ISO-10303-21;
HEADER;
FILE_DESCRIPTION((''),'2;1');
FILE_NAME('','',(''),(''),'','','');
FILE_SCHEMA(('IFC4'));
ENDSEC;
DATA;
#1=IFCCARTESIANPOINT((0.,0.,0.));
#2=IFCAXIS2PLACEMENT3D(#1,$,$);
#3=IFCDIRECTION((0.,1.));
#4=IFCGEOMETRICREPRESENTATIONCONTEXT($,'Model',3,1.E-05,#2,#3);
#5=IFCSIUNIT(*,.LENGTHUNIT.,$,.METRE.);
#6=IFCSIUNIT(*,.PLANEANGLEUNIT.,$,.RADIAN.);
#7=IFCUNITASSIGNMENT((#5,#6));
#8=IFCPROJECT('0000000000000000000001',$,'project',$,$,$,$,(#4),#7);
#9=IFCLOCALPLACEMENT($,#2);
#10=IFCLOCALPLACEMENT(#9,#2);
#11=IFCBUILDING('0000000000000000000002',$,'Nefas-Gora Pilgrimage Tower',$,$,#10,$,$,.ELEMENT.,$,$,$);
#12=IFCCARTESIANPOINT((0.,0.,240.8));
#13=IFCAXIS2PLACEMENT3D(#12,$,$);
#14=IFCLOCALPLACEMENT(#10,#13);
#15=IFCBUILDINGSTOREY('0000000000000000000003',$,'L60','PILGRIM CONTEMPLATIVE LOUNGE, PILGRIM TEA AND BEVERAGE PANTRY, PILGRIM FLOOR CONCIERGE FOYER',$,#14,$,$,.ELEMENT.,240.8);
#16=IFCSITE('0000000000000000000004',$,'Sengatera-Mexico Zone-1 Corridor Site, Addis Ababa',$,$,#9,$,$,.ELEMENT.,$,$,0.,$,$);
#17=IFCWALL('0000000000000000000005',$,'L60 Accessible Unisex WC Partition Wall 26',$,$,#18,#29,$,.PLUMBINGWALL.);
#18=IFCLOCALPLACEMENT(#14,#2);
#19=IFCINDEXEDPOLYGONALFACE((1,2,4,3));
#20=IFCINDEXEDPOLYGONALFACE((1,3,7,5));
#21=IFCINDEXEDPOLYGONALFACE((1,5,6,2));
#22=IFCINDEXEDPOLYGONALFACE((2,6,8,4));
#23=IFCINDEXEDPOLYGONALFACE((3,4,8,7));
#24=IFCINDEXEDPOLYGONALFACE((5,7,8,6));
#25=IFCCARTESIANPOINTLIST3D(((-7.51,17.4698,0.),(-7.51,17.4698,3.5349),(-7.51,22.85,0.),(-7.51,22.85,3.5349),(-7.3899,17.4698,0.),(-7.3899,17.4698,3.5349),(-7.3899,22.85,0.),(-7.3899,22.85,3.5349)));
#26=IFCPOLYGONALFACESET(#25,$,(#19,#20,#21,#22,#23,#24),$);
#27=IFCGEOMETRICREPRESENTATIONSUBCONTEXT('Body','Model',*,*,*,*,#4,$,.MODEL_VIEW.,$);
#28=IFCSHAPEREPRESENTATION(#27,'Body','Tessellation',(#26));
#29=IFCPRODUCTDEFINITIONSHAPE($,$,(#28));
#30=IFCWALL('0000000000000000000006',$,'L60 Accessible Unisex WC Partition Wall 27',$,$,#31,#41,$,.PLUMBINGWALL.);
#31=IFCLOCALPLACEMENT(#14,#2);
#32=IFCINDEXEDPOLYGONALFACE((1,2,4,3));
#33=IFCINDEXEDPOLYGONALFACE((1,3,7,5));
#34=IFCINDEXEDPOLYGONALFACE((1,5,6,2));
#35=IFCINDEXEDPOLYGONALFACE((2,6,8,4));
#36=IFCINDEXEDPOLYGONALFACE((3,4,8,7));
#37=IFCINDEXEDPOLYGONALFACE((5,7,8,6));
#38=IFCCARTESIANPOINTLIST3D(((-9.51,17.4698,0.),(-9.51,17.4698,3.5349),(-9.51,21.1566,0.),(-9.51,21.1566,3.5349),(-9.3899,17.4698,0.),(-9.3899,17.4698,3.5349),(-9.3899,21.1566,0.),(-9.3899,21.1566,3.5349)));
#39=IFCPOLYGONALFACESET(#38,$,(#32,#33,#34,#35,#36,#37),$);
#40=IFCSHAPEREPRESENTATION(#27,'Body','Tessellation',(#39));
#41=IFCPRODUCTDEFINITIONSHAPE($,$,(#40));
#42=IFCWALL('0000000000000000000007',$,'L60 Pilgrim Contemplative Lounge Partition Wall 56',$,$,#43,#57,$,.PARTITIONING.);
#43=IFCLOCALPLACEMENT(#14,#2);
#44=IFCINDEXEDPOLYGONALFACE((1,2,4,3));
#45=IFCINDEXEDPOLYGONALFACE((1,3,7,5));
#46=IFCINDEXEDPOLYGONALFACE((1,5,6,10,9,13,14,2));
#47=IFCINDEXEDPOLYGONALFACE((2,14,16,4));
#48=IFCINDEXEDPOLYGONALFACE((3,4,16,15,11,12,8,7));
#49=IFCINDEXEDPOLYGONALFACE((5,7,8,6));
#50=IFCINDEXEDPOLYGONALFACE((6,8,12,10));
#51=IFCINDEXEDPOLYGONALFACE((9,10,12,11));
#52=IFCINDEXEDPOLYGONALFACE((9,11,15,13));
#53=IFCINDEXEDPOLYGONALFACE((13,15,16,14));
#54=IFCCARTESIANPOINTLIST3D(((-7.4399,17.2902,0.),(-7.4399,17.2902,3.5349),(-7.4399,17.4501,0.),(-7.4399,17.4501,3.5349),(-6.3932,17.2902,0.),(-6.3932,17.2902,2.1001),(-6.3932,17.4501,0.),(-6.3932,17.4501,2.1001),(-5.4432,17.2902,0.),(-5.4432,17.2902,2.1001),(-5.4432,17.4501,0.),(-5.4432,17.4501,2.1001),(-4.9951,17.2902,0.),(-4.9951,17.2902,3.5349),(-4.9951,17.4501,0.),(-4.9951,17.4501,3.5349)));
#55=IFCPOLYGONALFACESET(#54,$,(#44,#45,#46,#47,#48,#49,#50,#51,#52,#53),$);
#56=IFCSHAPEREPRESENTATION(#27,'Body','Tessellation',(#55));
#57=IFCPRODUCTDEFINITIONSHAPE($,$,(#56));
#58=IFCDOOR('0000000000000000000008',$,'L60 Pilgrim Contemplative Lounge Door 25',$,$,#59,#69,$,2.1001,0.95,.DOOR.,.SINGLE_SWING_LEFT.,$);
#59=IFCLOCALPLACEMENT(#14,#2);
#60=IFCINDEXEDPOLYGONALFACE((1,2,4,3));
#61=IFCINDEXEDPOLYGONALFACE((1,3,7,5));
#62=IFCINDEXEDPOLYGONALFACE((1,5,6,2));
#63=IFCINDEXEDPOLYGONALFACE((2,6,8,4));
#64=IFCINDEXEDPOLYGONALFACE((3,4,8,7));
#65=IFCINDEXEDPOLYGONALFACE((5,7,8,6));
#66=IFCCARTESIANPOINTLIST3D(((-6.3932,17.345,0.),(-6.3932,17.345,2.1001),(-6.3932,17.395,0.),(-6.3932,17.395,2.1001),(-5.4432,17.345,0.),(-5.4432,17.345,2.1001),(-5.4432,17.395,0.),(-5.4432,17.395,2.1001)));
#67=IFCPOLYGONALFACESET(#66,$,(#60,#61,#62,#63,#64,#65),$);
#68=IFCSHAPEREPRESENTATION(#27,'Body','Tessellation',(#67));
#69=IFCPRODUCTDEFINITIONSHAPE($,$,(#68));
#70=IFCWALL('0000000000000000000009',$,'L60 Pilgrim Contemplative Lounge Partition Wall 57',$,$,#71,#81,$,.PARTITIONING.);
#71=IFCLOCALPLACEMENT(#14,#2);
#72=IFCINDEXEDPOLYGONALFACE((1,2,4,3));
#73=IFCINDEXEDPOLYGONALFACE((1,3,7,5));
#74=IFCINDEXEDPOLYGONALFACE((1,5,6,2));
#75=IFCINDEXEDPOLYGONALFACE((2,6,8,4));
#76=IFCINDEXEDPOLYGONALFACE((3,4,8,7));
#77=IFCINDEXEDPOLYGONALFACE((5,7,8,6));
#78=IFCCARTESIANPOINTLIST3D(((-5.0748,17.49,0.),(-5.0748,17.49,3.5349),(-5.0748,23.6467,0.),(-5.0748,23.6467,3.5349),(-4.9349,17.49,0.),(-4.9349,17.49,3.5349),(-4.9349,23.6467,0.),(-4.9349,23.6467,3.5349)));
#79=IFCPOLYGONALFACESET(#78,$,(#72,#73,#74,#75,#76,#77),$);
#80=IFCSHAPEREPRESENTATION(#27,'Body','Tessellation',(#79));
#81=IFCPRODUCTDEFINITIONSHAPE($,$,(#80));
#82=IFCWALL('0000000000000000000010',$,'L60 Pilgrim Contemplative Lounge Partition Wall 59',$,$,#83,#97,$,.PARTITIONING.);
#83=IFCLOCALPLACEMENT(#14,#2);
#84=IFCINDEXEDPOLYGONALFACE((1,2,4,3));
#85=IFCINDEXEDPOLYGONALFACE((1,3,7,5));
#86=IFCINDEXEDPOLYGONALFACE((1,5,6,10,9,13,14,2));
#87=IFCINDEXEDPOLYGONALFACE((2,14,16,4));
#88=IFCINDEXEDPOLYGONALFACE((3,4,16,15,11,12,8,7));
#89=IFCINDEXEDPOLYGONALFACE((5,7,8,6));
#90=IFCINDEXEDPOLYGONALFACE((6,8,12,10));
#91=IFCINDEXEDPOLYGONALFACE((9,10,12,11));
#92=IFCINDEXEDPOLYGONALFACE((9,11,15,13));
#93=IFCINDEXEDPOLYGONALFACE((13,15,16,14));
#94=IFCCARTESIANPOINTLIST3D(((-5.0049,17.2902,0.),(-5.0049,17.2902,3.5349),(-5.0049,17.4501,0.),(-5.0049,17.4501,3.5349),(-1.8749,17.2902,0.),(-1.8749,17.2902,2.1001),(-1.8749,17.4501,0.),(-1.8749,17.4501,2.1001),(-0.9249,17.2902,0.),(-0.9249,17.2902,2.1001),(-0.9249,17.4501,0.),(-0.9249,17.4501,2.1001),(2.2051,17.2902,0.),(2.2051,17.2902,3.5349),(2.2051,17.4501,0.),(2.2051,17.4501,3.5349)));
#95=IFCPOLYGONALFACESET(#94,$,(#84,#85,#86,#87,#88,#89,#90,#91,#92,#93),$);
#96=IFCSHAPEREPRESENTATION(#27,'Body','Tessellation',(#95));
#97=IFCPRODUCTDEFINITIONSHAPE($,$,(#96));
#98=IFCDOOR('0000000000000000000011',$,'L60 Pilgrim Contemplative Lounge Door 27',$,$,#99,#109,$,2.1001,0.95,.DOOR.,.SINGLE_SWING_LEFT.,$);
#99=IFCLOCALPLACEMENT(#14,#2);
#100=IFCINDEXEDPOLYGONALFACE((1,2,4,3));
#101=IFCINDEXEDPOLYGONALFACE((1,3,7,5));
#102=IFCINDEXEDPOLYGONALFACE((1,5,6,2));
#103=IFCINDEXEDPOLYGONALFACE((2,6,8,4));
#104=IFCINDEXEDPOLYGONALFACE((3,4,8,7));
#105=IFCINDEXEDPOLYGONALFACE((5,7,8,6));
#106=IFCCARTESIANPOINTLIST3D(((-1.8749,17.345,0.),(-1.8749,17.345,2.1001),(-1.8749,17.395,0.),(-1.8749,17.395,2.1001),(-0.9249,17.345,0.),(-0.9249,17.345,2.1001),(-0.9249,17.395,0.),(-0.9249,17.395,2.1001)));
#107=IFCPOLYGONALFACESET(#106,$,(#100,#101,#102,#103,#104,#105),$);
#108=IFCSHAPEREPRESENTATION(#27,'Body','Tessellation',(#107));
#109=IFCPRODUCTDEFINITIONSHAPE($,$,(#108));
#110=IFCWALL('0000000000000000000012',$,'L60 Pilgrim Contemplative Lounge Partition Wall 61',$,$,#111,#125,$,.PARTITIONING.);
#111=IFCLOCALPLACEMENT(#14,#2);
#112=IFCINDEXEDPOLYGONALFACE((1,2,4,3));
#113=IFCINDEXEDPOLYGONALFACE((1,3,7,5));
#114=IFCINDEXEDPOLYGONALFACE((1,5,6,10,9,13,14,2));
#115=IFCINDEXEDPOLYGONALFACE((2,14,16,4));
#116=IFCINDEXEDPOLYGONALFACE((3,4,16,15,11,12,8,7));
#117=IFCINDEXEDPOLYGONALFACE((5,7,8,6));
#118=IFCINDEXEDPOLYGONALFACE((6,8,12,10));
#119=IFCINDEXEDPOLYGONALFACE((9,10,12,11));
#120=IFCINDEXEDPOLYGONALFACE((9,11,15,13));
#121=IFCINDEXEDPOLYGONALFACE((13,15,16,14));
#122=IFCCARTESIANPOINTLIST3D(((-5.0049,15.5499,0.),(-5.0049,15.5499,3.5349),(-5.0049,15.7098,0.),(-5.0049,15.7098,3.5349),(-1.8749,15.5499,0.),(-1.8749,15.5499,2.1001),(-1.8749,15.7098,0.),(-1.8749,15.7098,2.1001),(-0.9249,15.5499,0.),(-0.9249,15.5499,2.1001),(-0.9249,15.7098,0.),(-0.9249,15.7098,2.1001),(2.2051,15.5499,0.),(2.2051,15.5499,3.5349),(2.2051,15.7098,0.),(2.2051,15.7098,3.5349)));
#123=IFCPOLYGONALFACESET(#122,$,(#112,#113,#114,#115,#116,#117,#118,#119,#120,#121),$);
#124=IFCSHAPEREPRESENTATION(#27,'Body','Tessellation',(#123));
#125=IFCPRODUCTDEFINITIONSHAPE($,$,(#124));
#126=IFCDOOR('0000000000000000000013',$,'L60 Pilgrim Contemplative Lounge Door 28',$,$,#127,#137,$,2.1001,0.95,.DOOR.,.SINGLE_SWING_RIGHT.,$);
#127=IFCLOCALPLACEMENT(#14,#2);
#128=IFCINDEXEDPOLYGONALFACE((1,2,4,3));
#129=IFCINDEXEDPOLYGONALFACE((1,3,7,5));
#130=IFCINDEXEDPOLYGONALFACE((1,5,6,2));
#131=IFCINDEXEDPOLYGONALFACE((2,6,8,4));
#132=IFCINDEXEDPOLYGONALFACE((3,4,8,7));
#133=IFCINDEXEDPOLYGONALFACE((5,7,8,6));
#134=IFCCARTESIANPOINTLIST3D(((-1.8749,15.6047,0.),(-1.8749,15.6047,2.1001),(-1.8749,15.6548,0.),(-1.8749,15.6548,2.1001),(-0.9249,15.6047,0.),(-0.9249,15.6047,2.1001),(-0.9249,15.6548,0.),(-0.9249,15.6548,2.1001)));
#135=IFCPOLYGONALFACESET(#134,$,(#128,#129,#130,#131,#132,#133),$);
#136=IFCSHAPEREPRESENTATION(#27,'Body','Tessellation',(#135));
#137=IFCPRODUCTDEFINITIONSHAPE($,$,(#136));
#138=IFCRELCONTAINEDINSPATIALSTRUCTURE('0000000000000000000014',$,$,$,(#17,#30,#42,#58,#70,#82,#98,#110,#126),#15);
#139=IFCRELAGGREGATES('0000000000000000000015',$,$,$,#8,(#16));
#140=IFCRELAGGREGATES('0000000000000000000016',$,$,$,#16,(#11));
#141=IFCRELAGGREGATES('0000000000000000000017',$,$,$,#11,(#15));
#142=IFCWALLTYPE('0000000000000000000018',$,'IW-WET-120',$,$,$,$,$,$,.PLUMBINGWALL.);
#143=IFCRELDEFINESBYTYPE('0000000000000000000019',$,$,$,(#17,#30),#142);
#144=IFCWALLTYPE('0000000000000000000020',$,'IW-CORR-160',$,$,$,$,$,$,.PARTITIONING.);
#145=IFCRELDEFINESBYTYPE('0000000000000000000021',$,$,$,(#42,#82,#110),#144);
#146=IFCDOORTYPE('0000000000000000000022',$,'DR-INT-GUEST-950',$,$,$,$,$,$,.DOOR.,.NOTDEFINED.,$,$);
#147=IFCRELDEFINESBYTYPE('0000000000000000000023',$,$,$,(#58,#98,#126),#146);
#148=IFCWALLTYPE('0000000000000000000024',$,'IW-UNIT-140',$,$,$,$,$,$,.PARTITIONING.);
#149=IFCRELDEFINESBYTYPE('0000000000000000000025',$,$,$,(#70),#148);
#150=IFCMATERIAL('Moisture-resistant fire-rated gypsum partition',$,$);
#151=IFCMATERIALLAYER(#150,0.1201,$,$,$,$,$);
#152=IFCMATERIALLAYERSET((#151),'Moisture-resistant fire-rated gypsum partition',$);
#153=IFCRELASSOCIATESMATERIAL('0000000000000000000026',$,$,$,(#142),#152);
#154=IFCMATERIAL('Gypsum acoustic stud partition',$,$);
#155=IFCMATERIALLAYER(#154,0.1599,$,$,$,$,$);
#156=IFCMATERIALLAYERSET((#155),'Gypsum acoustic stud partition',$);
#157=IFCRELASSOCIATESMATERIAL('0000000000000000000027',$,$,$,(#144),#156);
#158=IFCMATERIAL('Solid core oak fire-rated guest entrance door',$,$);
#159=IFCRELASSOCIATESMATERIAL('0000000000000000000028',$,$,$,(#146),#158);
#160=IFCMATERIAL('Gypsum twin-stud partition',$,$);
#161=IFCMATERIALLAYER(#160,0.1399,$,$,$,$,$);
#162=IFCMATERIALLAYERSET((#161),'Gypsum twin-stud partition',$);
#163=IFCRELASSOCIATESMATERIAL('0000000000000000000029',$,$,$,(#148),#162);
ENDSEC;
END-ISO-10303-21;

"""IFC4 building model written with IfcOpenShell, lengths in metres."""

from ifc_helpers import new_model, si_unit, direction, frame, frame_2d, origin, place, context, subcontext, project, spatial, rectangle, extrude, source, transform, mapped, material, layer, layer_set, type_object, element, fill, save


model = new_model("IFC4")

# Units and contexts
model_context = context("Model", 3, precision=1e-05, world=origin(), true_north=direction((0.0, 1.0)))
body_context = subcontext(model_context, "Body", "Model", "MODEL_VIEW")
ifc_project = project(units=[si_unit("LENGTHUNIT", "METRE"), si_unit("PLANEANGLEUNIT", "RADIAN")], contexts=[model_context])

# Site, building, storey
site_placement = place(None, origin())
site = spatial("IfcSite", under=ifc_project, at=site_placement, Name="Sengatera-Mexico Zone-1 Corridor Site, Addis Ababa", CompositionType="ELEMENT", RefElevation=0.0)
building_placement = place(site_placement, origin())
building = spatial("IfcBuilding", under=site, at=building_placement, Name="Nefas-Gora Pilgrimage Tower", CompositionType="ELEMENT")
storey_placement = place(building_placement, frame((0.0, 0.0, 240.8)))
storey = spatial("IfcBuildingStorey", under=building, at=storey_placement, Name="L60", Description="PILGRIM CONTEMPLATIVE LOUNGE, PILGRIM TEA AND BEVERAGE PANTRY, PILGRIM FLOOR CONCIERGE FOYER", CompositionType="ELEMENT", Elevation=240.8)

# Shared definitions
ifc_material_1 = material(Name="Moisture-resistant fire-rated gypsum partition")
ifc_layer_1 = layer(ifc_material_1, 0.1201)
ifc_layer_set_1 = layer_set([ifc_layer_1], Name="Moisture-resistant fire-rated gypsum partition")
wall_type_1 = type_object("IfcWallType", Name="IW-WET-120", PredefinedType="PLUMBINGWALL", material=ifc_layer_set_1)

# Walls
shared_shape_1 = source(origin(), body_context, "Body", "SweptSolid", [
    extrude(rectangle(XDim=5.3801, YDim=0.1201, at=frame_2d((2.6899, 0.0))), origin(), (0.0, 0.0, 1.0), 3.5349),
])
wall_1_placement = place(storey_placement, frame((-7.45, 17.47, 0.0), z_axis=(0.0, 0.0, 1.0), x_axis=(0.0, 1.0, 0.0)))
element("IfcWall", 1, at=wall_1_placement, inside=storey, type_object=wall_type_1, Name="L60 Accessible Unisex WC Partition Wall 26", PredefinedType="PLUMBINGWALL", context=body_context, shape_type="MappedRepresentation", body=[
    mapped(shared_shape_1, transform((0.0, 0.0, 0.0), x_axis=(1.0, 0.0, 0.0), y_axis=(0.0, 1.0, 0.0), z_axis=(0.0, 0.0, 1.0), scale=1.0)),
])
shared_shape_2 = source(origin(), body_context, "Body", "SweptSolid", [
    extrude(rectangle(XDim=3.6868, YDim=0.1201, at=frame_2d((1.8433, 0.0))), origin(), (0.0, 0.0, 1.0), 3.5349),
])
wall_2_placement = place(storey_placement, frame((-9.45, 17.47, 0.0), z_axis=(0.0, 0.0, 1.0), x_axis=(0.0, 1.0, 0.0)))
element("IfcWall", 2, at=wall_2_placement, inside=storey, type_object=wall_type_1, Name="L60 Accessible Unisex WC Partition Wall 27", PredefinedType="PLUMBINGWALL", context=body_context, shape_type="MappedRepresentation", body=[
    mapped(shared_shape_2, transform((0.0, 0.0, 0.0), x_axis=(1.0, 0.0, 0.0), y_axis=(0.0, 1.0, 0.0), z_axis=(0.0, 0.0, 1.0), scale=1.0)),
])

# Wall, opening, door
ifc_material_2 = material(Name="Gypsum acoustic stud partition")
ifc_layer_2 = layer(ifc_material_2, 0.1599)
ifc_layer_set_2 = layer_set([ifc_layer_2], Name="Gypsum acoustic stud partition")
wall_type_2 = type_object("IfcWallType", Name="IW-CORR-160", PredefinedType="PARTITIONING", material=ifc_layer_set_2)
shared_shape_3 = source(origin(), body_context, "Body", "SweptSolid", [
    extrude(rectangle(XDim=2.4448, YDim=0.1599, at=frame_2d((1.2224, 0.0))), origin(), (0.0, 0.0, 1.0), 3.5349),
])
wall_3_placement = place(storey_placement, frame((-7.4399, 17.3701, 0.0), z_axis=(0.0, 0.0, 1.0), x_axis=(1.0, 0.0, 0.0)))
wall_3 = element("IfcWall", 3, at=wall_3_placement, inside=storey, type_object=wall_type_2, Name="L60 Pilgrim Contemplative Lounge Partition Wall 56", PredefinedType="PARTITIONING", context=body_context, shape_type="MappedRepresentation", body=[
    mapped(shared_shape_3, transform((0.0, 0.0, 0.0), x_axis=(1.0, 0.0, 0.0), y_axis=(0.0, 1.0, 0.0), z_axis=(0.0, 0.0, 1.0), scale=1.0)),
])
opening_1_placement = place(wall_3_placement, frame((1.0466, 0.0, 0.0)))
opening_1 = element("IfcOpeningElement", 4, at=opening_1_placement, cuts=wall_3, PredefinedType="OPENING", context=body_context, shape_type="SweptSolid", body=[
    extrude(rectangle(XDim=0.95, YDim=2.1001, at=frame_2d((0.4751, 1.05))), frame((0.0, 0.0898, 0.0), z_axis=(0.0, -1.0, 0.0), x_axis=(1.0, 0.0, 0.0)), (0.0, 0.0, 1.0), 0.1799),
])
ifc_material_3 = material(Name="Solid core oak fire-rated guest entrance door")
door_type_1 = type_object("IfcDoorType", Name="DR-INT-GUEST-950", OperationType="NOTDEFINED", PredefinedType="DOOR", material=ifc_material_3)
shared_shape_4 = source(origin(), body_context, "Body", "SweptSolid", [
    extrude(rectangle(XDim=0.95, YDim=2.1001, at=frame_2d((0.4751, 1.05))), frame((0.0, 0.0249, 0.0), z_axis=(0.0, -1.0, 0.0), x_axis=(1.0, 0.0, 0.0)), (0.0, 0.0, 1.0), 0.05),
])
door_1_placement = place(opening_1_placement, origin())
door_1 = element("IfcDoor", 5, at=door_1_placement, inside=storey, type_object=door_type_1, Name="L60 Pilgrim Contemplative Lounge Door 25", OperationType="SINGLE_SWING_LEFT", OverallHeight=2.1001, OverallWidth=0.95, PredefinedType="DOOR", context=body_context, shape_type="MappedRepresentation", body=[
    mapped(shared_shape_4, transform((0.0, 0.0, 0.0), x_axis=(1.0, 0.0, 0.0), y_axis=(0.0, 1.0, 0.0), z_axis=(0.0, 0.0, 1.0), scale=1.0)),
])
fill(opening_1, door_1)

# Wall
ifc_material_4 = material(Name="Gypsum twin-stud partition")
ifc_layer_3 = layer(ifc_material_4, 0.1399)
ifc_layer_set_3 = layer_set([ifc_layer_3], Name="Gypsum twin-stud partition")
wall_type_3 = type_object("IfcWallType", Name="IW-UNIT-140", PredefinedType="PARTITIONING", material=ifc_layer_set_3)
shared_shape_5 = source(origin(), body_context, "Body", "SweptSolid", [
    extrude(rectangle(XDim=6.1567, YDim=0.1399, at=frame_2d((3.0784, 0.0))), origin(), (0.0, 0.0, 1.0), 3.5349),
])
wall_4_placement = place(storey_placement, frame((-5.0049, 17.49, 0.0), z_axis=(0.0, 0.0, 1.0), x_axis=(0.0, 1.0, 0.0)))
element("IfcWall", 6, at=wall_4_placement, inside=storey, type_object=wall_type_3, Name="L60 Pilgrim Contemplative Lounge Partition Wall 57", PredefinedType="PARTITIONING", context=body_context, shape_type="MappedRepresentation", body=[
    mapped(shared_shape_5, transform((0.0, 0.0, 0.0), x_axis=(1.0, 0.0, 0.0), y_axis=(0.0, 1.0, 0.0), z_axis=(0.0, 0.0, 1.0), scale=1.0)),
])

# Walls, openings, doors
shared_shape_6 = source(origin(), body_context, "Body", "SweptSolid", [
    extrude(rectangle(XDim=7.21, YDim=0.1599, at=frame_2d((3.605, 0.0))), origin(), (0.0, 0.0, 1.0), 3.5349),
])
wall_5_placement = place(storey_placement, frame((-5.0049, 17.3701, 0.0), z_axis=(0.0, 0.0, 1.0), x_axis=(1.0, 0.0, 0.0)))
wall_5 = element("IfcWall", 7, at=wall_5_placement, inside=storey, type_object=wall_type_2, Name="L60 Pilgrim Contemplative Lounge Partition Wall 59", PredefinedType="PARTITIONING", context=body_context, shape_type="MappedRepresentation", body=[
    mapped(shared_shape_6, transform((0.0, 0.0, 0.0), x_axis=(1.0, 0.0, 0.0), y_axis=(0.0, 1.0, 0.0), z_axis=(0.0, 0.0, 1.0), scale=1.0)),
])
opening_2_placement = place(wall_5_placement, frame((3.1299, 0.0, 0.0)))
opening_2 = element("IfcOpeningElement", 8, at=opening_2_placement, cuts=wall_5, PredefinedType="OPENING", context=body_context, shape_type="SweptSolid", body=[
    extrude(rectangle(XDim=0.95, YDim=2.1001, at=frame_2d((0.4751, 1.05))), frame((0.0, 0.0898, 0.0), z_axis=(0.0, -1.0, 0.0), x_axis=(1.0, 0.0, 0.0)), (0.0, 0.0, 1.0), 0.1799),
])
door_2_placement = place(opening_2_placement, origin())
door_2 = element("IfcDoor", 9, at=door_2_placement, inside=storey, type_object=door_type_1, Name="L60 Pilgrim Contemplative Lounge Door 27", OperationType="SINGLE_SWING_LEFT", OverallHeight=2.1001, OverallWidth=0.95, PredefinedType="DOOR", context=body_context, shape_type="MappedRepresentation", body=[
    mapped(shared_shape_4, transform((0.0, 0.0, 0.0), x_axis=(1.0, 0.0, 0.0), y_axis=(0.0, 1.0, 0.0), z_axis=(0.0, 0.0, 1.0), scale=1.0)),
])
fill(opening_2, door_2)
wall_6_placement = place(storey_placement, frame((-5.0049, 15.6299, 0.0), z_axis=(0.0, 0.0, 1.0), x_axis=(1.0, 0.0, 0.0)))
wall_6 = element("IfcWall", 10, at=wall_6_placement, inside=storey, type_object=wall_type_2, Name="L60 Pilgrim Contemplative Lounge Partition Wall 61", PredefinedType="PARTITIONING", context=body_context, shape_type="MappedRepresentation", body=[
    mapped(shared_shape_6, transform((0.0, 0.0, 0.0), x_axis=(1.0, 0.0, 0.0), y_axis=(0.0, 1.0, 0.0), z_axis=(0.0, 0.0, 1.0), scale=1.0)),
])
opening_3_placement = place(wall_6_placement, frame((3.1299, 0.0, 0.0)))
opening_3 = element("IfcOpeningElement", 11, at=opening_3_placement, cuts=wall_6, PredefinedType="OPENING", context=body_context, shape_type="SweptSolid", body=[
    extrude(rectangle(XDim=0.95, YDim=2.1001, at=frame_2d((0.4751, 1.05))), frame((0.0, 0.0898, 0.0), z_axis=(0.0, -1.0, 0.0), x_axis=(1.0, 0.0, 0.0)), (0.0, 0.0, 1.0), 0.1799),
])
door_3_placement = place(opening_3_placement, origin())
door_3 = element("IfcDoor", 12, at=door_3_placement, inside=storey, type_object=door_type_1, Name="L60 Pilgrim Contemplative Lounge Door 28", OperationType="SINGLE_SWING_RIGHT", OverallHeight=2.1001, OverallWidth=0.95, PredefinedType="DOOR", context=body_context, shape_type="MappedRepresentation", body=[
    mapped(shared_shape_4, transform((0.0, 0.0, 0.0), x_axis=(1.0, 0.0, 0.0), y_axis=(0.0, 1.0, 0.0), z_axis=(0.0, 0.0, 1.0), scale=1.0)),
])
fill(opening_3, door_3)

save(model, "model.ifc")
